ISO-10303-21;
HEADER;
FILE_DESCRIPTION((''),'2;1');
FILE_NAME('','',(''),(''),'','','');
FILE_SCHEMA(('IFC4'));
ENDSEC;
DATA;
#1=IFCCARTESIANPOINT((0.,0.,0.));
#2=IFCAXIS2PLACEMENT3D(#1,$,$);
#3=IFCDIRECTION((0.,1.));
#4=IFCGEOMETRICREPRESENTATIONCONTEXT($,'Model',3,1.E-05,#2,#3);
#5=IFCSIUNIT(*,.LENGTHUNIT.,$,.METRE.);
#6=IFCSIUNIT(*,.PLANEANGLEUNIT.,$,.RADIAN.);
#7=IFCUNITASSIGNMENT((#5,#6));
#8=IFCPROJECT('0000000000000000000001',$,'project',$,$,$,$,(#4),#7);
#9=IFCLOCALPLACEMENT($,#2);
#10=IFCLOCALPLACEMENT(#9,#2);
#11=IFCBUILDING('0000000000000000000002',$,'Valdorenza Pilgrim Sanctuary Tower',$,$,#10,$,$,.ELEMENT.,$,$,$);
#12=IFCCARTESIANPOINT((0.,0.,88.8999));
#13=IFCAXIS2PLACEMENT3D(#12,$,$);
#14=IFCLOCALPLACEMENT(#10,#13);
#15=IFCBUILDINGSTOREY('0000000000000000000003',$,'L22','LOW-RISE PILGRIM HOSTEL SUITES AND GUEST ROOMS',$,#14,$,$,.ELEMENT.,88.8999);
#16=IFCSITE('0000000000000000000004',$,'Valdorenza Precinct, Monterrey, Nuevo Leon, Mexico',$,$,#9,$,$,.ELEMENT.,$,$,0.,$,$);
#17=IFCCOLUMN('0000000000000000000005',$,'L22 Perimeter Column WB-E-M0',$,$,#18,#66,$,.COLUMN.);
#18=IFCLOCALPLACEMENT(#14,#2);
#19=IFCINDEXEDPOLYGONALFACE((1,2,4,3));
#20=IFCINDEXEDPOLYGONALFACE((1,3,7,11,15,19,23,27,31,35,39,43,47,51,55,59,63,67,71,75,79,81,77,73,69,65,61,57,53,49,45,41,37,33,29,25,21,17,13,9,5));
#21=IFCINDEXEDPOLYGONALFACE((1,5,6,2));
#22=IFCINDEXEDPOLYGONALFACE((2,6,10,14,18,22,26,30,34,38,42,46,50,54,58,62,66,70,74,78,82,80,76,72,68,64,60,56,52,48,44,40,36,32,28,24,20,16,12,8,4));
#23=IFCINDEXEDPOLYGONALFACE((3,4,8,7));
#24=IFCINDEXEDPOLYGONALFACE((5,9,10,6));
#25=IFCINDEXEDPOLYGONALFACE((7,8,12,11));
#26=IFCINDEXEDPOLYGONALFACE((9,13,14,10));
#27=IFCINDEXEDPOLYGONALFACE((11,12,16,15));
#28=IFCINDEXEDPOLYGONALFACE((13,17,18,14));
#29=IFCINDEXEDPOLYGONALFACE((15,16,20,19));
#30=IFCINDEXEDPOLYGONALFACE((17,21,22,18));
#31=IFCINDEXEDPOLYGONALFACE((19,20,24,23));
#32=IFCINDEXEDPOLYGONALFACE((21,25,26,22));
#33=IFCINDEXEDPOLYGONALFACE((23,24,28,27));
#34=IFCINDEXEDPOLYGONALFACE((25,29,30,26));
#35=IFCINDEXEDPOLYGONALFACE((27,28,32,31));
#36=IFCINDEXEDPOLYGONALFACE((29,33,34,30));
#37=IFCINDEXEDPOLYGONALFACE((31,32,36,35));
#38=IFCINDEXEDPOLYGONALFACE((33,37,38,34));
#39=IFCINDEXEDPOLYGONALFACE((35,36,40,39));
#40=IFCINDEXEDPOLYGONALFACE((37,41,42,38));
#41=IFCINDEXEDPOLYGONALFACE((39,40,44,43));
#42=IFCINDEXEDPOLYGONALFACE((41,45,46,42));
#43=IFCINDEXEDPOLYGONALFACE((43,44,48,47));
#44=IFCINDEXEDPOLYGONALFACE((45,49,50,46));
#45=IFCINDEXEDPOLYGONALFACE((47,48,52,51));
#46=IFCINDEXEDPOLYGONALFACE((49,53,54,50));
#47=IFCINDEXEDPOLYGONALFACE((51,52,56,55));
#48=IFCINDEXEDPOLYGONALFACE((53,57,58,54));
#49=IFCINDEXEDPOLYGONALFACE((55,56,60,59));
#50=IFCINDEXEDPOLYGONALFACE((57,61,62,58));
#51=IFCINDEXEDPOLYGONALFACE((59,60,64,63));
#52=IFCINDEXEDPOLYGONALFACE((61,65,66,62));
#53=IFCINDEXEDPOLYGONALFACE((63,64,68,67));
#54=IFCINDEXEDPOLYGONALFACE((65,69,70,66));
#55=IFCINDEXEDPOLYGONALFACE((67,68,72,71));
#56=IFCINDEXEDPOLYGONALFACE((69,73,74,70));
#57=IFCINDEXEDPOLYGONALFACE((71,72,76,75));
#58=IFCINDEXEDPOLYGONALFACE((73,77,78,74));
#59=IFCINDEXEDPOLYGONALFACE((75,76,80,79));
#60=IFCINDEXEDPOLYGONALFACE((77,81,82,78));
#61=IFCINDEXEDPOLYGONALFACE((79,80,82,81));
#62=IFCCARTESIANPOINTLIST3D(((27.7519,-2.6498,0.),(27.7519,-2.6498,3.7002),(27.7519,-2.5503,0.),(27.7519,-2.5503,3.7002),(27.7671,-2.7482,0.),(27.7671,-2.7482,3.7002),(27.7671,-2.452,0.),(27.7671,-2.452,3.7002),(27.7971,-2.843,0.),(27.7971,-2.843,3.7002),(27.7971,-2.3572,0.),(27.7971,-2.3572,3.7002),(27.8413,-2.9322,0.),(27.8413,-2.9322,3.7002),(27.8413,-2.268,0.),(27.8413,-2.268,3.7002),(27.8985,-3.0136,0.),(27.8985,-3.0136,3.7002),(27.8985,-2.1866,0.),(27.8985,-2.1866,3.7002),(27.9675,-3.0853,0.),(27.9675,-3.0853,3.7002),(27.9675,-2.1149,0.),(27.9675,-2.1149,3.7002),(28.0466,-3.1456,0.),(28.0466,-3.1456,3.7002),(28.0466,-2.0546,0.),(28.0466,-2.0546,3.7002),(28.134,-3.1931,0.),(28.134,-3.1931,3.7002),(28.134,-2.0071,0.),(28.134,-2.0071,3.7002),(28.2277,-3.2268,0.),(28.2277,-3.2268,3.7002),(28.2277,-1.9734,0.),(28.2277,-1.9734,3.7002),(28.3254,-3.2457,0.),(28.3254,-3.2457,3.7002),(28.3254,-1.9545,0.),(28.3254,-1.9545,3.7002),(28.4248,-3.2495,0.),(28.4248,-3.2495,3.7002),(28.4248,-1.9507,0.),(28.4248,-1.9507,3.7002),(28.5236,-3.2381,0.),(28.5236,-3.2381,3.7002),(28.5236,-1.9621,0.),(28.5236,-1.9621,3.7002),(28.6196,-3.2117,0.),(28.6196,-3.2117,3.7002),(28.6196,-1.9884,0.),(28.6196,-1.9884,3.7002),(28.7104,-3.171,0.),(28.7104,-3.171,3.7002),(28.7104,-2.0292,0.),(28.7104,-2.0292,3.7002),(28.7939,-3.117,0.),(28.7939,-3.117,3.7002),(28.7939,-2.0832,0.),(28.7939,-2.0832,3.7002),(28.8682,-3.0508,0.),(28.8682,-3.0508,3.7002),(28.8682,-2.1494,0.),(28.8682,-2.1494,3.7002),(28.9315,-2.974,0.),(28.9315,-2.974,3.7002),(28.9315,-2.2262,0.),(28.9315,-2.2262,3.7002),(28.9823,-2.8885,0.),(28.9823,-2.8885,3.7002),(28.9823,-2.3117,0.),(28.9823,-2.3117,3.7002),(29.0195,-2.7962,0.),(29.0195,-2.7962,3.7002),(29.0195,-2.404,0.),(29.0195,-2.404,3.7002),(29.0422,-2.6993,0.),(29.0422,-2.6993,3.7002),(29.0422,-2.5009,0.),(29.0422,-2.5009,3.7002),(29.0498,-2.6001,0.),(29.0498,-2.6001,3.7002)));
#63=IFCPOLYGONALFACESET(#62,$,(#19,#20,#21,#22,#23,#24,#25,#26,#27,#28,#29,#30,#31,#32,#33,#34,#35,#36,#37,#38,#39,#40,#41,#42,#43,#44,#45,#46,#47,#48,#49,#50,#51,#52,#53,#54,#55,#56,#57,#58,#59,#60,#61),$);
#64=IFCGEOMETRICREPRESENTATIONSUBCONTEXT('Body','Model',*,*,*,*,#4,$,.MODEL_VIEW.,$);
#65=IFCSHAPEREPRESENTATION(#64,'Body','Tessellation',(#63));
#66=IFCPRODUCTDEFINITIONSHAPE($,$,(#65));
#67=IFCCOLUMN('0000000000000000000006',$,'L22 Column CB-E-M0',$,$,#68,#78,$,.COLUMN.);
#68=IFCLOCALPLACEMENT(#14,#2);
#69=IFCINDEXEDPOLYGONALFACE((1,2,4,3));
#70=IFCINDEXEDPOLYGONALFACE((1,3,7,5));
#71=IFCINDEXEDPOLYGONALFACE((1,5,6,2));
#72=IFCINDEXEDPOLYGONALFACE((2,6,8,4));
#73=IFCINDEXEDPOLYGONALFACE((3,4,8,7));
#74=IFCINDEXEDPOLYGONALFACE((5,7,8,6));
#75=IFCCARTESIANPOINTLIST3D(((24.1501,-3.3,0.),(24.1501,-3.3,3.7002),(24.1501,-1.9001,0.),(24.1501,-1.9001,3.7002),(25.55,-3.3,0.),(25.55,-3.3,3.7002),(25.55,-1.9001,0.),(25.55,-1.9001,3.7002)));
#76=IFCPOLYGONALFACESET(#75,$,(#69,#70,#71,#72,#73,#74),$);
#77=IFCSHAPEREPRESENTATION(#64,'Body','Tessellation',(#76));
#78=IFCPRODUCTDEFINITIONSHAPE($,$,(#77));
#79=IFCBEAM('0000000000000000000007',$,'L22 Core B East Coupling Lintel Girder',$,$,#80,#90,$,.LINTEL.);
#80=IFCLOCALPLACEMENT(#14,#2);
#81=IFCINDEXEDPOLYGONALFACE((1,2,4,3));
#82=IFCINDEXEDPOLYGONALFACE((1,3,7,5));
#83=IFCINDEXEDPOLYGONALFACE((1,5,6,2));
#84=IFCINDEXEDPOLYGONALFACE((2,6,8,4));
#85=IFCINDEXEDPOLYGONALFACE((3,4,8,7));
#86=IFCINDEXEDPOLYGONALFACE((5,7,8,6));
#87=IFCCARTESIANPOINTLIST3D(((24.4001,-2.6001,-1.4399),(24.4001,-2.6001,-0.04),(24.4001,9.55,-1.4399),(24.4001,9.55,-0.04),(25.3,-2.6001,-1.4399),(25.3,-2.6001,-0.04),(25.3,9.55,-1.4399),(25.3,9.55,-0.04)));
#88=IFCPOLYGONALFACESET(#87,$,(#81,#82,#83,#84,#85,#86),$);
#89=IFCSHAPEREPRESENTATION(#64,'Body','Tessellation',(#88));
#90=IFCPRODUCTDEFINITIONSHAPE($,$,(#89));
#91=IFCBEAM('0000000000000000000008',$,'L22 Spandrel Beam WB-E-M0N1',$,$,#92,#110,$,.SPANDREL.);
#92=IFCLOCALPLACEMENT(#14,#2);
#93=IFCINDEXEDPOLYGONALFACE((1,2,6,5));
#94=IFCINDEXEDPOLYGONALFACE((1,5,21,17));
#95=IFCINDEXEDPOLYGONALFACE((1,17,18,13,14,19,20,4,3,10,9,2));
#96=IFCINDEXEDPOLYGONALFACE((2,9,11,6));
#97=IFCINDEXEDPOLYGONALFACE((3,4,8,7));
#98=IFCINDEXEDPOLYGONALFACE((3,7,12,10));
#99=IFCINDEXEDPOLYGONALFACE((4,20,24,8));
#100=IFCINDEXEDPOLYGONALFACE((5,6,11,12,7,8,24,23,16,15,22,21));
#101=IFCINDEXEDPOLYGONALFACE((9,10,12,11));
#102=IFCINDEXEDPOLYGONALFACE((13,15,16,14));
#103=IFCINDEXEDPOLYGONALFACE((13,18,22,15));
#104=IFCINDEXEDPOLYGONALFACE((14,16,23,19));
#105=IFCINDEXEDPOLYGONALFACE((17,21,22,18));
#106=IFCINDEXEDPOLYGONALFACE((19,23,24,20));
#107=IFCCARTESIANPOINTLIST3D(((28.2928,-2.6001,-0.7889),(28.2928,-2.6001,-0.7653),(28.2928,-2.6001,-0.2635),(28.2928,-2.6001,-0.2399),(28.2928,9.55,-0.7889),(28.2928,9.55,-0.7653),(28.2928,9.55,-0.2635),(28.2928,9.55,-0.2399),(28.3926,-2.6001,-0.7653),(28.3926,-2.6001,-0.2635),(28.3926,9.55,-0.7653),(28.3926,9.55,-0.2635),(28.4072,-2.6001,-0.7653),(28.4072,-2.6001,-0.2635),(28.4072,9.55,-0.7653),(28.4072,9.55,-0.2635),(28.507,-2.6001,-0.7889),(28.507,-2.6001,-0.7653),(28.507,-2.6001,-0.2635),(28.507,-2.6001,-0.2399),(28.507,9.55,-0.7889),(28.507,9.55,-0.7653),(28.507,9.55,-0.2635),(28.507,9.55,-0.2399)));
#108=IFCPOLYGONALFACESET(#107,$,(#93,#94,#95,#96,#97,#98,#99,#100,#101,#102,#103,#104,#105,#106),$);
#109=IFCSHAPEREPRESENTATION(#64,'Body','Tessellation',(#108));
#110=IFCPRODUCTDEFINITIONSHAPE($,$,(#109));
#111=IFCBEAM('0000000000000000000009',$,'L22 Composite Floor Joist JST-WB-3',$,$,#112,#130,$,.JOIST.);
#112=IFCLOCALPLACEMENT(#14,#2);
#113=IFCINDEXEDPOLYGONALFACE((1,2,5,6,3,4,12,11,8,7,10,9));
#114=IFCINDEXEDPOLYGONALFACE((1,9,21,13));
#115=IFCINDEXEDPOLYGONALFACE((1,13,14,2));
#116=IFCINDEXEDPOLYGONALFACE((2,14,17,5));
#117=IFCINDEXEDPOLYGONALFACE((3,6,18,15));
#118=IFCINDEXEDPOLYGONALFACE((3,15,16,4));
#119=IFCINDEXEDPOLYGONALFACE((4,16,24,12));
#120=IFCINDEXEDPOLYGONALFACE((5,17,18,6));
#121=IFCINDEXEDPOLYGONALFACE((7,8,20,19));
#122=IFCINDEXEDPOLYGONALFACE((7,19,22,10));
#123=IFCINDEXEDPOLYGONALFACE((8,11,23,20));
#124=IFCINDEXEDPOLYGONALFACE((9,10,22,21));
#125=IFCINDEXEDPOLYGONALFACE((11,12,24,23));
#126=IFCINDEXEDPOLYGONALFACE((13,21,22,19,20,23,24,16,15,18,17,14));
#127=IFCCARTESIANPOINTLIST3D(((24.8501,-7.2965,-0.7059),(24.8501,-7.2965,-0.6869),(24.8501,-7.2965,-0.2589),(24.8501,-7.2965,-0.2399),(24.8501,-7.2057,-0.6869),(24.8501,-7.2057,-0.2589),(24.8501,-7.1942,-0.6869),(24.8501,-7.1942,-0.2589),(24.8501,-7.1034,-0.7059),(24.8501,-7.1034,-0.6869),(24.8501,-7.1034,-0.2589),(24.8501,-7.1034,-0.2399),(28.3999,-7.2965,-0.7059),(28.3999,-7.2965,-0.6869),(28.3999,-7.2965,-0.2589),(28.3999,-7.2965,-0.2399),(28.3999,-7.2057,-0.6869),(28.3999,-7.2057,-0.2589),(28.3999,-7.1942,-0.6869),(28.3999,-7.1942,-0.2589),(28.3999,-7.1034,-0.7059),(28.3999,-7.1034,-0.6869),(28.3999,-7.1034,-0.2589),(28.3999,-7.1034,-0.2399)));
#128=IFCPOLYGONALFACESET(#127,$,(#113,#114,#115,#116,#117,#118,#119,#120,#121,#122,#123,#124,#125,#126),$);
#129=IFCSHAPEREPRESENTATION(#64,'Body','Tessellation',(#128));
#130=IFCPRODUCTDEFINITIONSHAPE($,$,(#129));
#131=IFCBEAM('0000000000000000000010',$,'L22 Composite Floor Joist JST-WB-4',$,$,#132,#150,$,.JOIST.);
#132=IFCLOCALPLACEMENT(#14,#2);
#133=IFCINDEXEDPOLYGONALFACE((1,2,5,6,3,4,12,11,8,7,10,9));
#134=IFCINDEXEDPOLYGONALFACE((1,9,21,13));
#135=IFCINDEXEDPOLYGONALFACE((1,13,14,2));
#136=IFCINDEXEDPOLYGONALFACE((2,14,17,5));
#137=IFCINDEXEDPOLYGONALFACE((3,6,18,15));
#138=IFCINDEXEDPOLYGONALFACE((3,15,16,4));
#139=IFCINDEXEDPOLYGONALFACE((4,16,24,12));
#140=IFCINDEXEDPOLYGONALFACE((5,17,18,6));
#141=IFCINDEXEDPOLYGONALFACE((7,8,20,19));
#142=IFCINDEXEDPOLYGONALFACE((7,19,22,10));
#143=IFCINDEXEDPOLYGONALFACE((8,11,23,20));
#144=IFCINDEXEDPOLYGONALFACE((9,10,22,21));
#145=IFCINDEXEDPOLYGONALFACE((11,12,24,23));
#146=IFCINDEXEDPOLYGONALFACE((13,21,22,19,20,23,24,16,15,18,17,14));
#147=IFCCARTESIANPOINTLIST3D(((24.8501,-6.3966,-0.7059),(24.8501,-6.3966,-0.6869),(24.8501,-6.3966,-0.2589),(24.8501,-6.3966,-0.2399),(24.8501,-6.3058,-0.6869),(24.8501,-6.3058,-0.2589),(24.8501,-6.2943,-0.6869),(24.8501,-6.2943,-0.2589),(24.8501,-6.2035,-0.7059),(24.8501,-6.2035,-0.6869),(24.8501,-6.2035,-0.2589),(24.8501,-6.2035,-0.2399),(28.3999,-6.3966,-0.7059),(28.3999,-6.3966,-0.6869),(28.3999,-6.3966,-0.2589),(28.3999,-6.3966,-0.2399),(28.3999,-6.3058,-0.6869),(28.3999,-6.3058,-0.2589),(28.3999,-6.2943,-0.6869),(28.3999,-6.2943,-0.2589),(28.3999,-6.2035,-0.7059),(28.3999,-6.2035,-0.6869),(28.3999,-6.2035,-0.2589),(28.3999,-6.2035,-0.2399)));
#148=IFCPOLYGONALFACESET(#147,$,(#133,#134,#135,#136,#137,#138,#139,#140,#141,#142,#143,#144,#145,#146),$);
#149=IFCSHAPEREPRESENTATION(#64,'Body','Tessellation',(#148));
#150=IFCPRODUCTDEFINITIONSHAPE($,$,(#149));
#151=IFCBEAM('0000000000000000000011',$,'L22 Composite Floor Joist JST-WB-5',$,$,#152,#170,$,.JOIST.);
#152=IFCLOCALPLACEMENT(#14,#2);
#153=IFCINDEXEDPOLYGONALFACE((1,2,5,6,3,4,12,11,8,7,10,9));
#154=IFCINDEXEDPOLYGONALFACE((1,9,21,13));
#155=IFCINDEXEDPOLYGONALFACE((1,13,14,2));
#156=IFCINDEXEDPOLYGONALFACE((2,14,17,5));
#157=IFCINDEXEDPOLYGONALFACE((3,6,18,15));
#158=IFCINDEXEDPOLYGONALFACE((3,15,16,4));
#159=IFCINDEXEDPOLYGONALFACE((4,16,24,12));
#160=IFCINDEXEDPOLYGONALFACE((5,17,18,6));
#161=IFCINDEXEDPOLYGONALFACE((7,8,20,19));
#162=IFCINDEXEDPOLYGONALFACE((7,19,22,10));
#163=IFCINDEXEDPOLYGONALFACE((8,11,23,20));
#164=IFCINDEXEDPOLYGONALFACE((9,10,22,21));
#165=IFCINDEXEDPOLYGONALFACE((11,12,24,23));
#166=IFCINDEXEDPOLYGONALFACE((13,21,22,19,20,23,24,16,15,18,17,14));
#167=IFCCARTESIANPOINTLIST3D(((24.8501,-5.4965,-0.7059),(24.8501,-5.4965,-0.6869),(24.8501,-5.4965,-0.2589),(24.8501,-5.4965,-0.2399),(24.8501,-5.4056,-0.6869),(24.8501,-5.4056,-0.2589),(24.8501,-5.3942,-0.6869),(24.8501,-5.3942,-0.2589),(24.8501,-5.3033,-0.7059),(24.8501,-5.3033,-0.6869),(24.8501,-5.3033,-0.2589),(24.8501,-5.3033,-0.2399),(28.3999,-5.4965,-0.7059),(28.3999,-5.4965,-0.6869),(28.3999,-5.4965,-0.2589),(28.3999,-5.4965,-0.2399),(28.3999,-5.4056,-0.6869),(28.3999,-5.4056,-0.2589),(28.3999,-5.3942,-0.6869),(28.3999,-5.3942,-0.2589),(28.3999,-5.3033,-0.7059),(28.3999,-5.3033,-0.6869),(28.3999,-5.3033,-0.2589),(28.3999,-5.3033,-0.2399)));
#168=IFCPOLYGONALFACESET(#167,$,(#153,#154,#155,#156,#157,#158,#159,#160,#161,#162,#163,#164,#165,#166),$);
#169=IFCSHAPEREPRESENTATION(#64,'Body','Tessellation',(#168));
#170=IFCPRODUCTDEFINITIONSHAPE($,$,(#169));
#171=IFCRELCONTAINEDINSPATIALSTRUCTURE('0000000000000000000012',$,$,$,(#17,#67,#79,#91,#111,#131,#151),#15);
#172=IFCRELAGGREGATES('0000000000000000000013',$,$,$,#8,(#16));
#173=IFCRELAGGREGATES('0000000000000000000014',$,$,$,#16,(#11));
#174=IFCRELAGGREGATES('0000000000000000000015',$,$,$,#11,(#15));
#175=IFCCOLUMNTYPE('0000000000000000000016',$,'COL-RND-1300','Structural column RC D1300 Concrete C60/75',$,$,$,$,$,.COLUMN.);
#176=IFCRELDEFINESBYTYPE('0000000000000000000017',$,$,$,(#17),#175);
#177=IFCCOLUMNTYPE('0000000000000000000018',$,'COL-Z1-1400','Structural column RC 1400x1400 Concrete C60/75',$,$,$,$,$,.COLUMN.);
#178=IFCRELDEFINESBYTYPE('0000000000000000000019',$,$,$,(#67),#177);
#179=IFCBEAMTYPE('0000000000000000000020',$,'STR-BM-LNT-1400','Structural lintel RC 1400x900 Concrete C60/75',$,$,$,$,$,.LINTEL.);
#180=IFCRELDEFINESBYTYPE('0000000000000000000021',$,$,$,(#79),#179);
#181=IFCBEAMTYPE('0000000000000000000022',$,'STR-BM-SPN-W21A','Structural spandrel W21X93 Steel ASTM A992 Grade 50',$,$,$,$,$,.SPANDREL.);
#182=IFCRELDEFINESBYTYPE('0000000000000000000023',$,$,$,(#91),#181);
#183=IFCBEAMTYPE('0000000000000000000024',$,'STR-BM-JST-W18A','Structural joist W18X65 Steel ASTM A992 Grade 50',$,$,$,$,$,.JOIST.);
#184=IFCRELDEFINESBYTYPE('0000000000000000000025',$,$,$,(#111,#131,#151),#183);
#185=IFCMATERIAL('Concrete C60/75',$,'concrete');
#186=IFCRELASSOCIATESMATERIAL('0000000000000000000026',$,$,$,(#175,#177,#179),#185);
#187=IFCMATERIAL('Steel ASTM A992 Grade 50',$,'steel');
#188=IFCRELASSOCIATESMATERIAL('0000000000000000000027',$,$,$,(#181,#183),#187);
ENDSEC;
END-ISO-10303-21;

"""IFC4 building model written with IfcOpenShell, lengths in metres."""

from ifc_helpers import new_model, si_unit, direction, frame, origin, origin_2d, place, context, subcontext, project, spatial, rectangle, circle, i_section, extrude, source, transform, mapped, material, material_profile, profile_set, type_object, element, save


model = new_model("IFC4")

# Units and contexts
model_context = context("Model", 3, precision=1e-05, world=origin(), true_north=direction((0.0, 1.0)))
body_context = subcontext(model_context, "Body", "Model", "MODEL_VIEW")
ifc_project = project(units=[si_unit("LENGTHUNIT", "METRE"), si_unit("PLANEANGLEUNIT", "RADIAN")], contexts=[model_context])

# Site, building, storey
site_placement = place(None, origin())
site = spatial("IfcSite", under=ifc_project, at=site_placement, Name="Valdorenza Precinct, Monterrey, Nuevo Leon, Mexico", CompositionType="ELEMENT", RefElevation=0.0)
building_placement = place(site_placement, origin())
building = spatial("IfcBuilding", under=site, at=building_placement, Name="Valdorenza Pilgrim Sanctuary Tower", CompositionType="ELEMENT")
storey_placement = place(building_placement, frame((0.0, 0.0, 88.8999)))
storey = spatial("IfcBuildingStorey", under=building, at=storey_placement, Name="L22", Description="LOW-RISE PILGRIM HOSTEL SUITES AND GUEST ROOMS", CompositionType="ELEMENT", Elevation=88.8999)

# Columns
ifc_material_1 = material(Name="Concrete C60/75", Category="concrete")
ifc_material_profile_1 = material_profile(ifc_material_1, circle(Radius=0.6499, at=origin_2d()), Name="RC D1300")
ifc_profile_set_1 = profile_set([ifc_material_profile_1], Name="Concrete C60/75")
column_type_1 = type_object("IfcColumnType", Name="COL-RND-1300", Description="Structural column RC D1300 Concrete C60/75", PredefinedType="COLUMN", material=ifc_profile_set_1)
shared_shape_1 = source(origin(), body_context, "Body", "SweptSolid", [
    extrude(circle(Radius=0.6499, at=origin_2d()), origin(), (0.0, 0.0, 1.0), 3.7002),
])
column_1_placement = place(storey_placement, frame((28.3999, -2.6001, 0.0), z_axis=(0.0, 0.0, 1.0), x_axis=(1.0, 0.0, 0.0)))
element("IfcColumn", 1, at=column_1_placement, inside=storey, type_object=column_type_1, Name="L22 Perimeter Column WB-E-M0", PredefinedType="COLUMN", context=body_context, shape_type="MappedRepresentation", body=[
    mapped(shared_shape_1, transform((0.0, 0.0, 0.0), x_axis=(1.0, 0.0, 0.0), y_axis=(0.0, 1.0, 0.0), z_axis=(0.0, 0.0, 1.0), scale=1.0)),
])
ifc_material_profile_2 = material_profile(ifc_material_1, rectangle(XDim=1.3999, YDim=1.3999, at=origin_2d()), Name="RC 1400x1400")
ifc_profile_set_2 = profile_set([ifc_material_profile_2], Name="Concrete C60/75")
column_type_2 = type_object("IfcColumnType", Name="COL-Z1-1400", Description="Structural column RC 1400x1400 Concrete C60/75", PredefinedType="COLUMN", material=ifc_profile_set_2)
shared_shape_2 = source(origin(), body_context, "Body", "SweptSolid", [
    extrude(rectangle(XDim=1.3999, YDim=1.3999, at=origin_2d()), origin(), (0.0, 0.0, 1.0), 3.7002),
])
column_2_placement = place(storey_placement, frame((24.8501, -2.6001, 0.0), z_axis=(0.0, 0.0, 1.0), x_axis=(1.0, 0.0, 0.0)))
element("IfcColumn", 2, at=column_2_placement, inside=storey, type_object=column_type_2, Name="L22 Column CB-E-M0", PredefinedType="COLUMN", context=body_context, shape_type="MappedRepresentation", body=[
    mapped(shared_shape_2, transform((0.0, 0.0, 0.0), x_axis=(1.0, 0.0, 0.0), y_axis=(0.0, 1.0, 0.0), z_axis=(0.0, 0.0, 1.0), scale=1.0)),
])

# Beams
ifc_material_profile_3 = material_profile(ifc_material_1, rectangle(XDim=0.8999, YDim=1.3999, at=origin_2d()), Name="RC 1400x900")
ifc_profile_set_3 = profile_set([ifc_material_profile_3], Name="Concrete C60/75")
beam_type_1 = type_object("IfcBeamType", Name="STR-BM-LNT-1400", Description="Structural lintel RC 1400x900 Concrete C60/75", PredefinedType="LINTEL", material=ifc_profile_set_3)
shared_shape_3 = source(origin(), body_context, "Body", "SweptSolid", [
    extrude(rectangle(XDim=0.8999, YDim=1.3999, at=origin_2d()), origin(), (0.0, 0.0, 1.0), 12.1501),
])
beam_1_placement = place(storey_placement, frame((24.8501, -2.6001, -0.74), z_axis=(0.0, 1.0, 0.0), x_axis=(-1.0, 0.0, 0.0)))
element("IfcBeam", 3, at=beam_1_placement, inside=storey, type_object=beam_type_1, Name="L22 Core B East Coupling Lintel Girder", PredefinedType="LINTEL", context=body_context, shape_type="MappedRepresentation", body=[
    mapped(shared_shape_3, transform((0.0, 0.0, 0.0), x_axis=(1.0, 0.0, 0.0), y_axis=(0.0, 1.0, 0.0), z_axis=(0.0, 0.0, 1.0), scale=1.0)),
])
ifc_material_2 = material(Name="Steel ASTM A992 Grade 50", Category="steel")
ifc_material_profile_4 = material_profile(ifc_material_2, i_section(OverallWidth=0.2141, OverallDepth=0.5491, WebThickness=0.0146, FlangeThickness=0.0237, at=origin_2d()), Name="W21X93")
ifc_profile_set_4 = profile_set([ifc_material_profile_4], Name="Steel ASTM A992 Grade 50")
beam_type_2 = type_object("IfcBeamType", Name="STR-BM-SPN-W21A", Description="Structural spandrel W21X93 Steel ASTM A992 Grade 50", PredefinedType="SPANDREL", material=ifc_profile_set_4)
shared_shape_4 = source(origin(), body_context, "Body", "SweptSolid", [
    extrude(i_section(OverallWidth=0.2141, OverallDepth=0.5491, WebThickness=0.0146, FlangeThickness=0.0237, at=origin_2d()), origin(), (0.0, 0.0, 1.0), 12.1501),
])
beam_2_placement = place(storey_placement, frame((28.3999, -2.6001, -0.5144), z_axis=(0.0, 1.0, 0.0), x_axis=(-1.0, 0.0, 0.0)))
element("IfcBeam", 4, at=beam_2_placement, inside=storey, type_object=beam_type_2, Name="L22 Spandrel Beam WB-E-M0N1", PredefinedType="SPANDREL", context=body_context, shape_type="MappedRepresentation", body=[
    mapped(shared_shape_4, transform((0.0, 0.0, 0.0), x_axis=(1.0, 0.0, 0.0), y_axis=(0.0, 1.0, 0.0), z_axis=(0.0, 0.0, 1.0), scale=1.0)),
])
ifc_material_profile_5 = material_profile(ifc_material_2, i_section(OverallWidth=0.1931, OverallDepth=0.4661, WebThickness=0.0115, FlangeThickness=0.019, at=origin_2d()), Name="W18X65")
ifc_profile_set_5 = profile_set([ifc_material_profile_5], Name="Steel ASTM A992 Grade 50")
beam_type_3 = type_object("IfcBeamType", Name="STR-BM-JST-W18A", Description="Structural joist W18X65 Steel ASTM A992 Grade 50", PredefinedType="JOIST", material=ifc_profile_set_5)
shared_shape_5 = source(origin(), body_context, "Body", "SweptSolid", [
    extrude(i_section(OverallWidth=0.1931, OverallDepth=0.4661, WebThickness=0.0115, FlangeThickness=0.019, at=origin_2d()), origin(), (0.0, 0.0, 1.0), 3.5498),
])
for number, where, z_axis, x_axis, name in (
    (5, (24.8501, -7.2, -0.4729), (1.0, 0.0, 0.0), (0.0, 1.0, 0.0), "L22 Composite Floor Joist JST-WB-3"),
    (6, (24.8501, -6.3, -0.4729), (1.0, 0.0, 0.0), (0.0, 1.0, 0.0), "L22 Composite Floor Joist JST-WB-4"),
    (7, (24.8501, -5.3999, -0.4729), (1.0, 0.0, 0.0), (0.0, 1.0, 0.0), "L22 Composite Floor Joist JST-WB-5"),
):
    element("IfcBeam", number, at=place(storey_placement, frame(where, z_axis=z_axis, x_axis=x_axis)), inside=storey, type_object=beam_type_3, Name=name, PredefinedType="JOIST", context=body_context, shape_type="MappedRepresentation", body=[
        mapped(shared_shape_5, transform((0.0, 0.0, 0.0), x_axis=(1.0, 0.0, 0.0), y_axis=(0.0, 1.0, 0.0), z_axis=(0.0, 0.0, 1.0), scale=1.0)),
    ])

save(model, "model.ifc")
